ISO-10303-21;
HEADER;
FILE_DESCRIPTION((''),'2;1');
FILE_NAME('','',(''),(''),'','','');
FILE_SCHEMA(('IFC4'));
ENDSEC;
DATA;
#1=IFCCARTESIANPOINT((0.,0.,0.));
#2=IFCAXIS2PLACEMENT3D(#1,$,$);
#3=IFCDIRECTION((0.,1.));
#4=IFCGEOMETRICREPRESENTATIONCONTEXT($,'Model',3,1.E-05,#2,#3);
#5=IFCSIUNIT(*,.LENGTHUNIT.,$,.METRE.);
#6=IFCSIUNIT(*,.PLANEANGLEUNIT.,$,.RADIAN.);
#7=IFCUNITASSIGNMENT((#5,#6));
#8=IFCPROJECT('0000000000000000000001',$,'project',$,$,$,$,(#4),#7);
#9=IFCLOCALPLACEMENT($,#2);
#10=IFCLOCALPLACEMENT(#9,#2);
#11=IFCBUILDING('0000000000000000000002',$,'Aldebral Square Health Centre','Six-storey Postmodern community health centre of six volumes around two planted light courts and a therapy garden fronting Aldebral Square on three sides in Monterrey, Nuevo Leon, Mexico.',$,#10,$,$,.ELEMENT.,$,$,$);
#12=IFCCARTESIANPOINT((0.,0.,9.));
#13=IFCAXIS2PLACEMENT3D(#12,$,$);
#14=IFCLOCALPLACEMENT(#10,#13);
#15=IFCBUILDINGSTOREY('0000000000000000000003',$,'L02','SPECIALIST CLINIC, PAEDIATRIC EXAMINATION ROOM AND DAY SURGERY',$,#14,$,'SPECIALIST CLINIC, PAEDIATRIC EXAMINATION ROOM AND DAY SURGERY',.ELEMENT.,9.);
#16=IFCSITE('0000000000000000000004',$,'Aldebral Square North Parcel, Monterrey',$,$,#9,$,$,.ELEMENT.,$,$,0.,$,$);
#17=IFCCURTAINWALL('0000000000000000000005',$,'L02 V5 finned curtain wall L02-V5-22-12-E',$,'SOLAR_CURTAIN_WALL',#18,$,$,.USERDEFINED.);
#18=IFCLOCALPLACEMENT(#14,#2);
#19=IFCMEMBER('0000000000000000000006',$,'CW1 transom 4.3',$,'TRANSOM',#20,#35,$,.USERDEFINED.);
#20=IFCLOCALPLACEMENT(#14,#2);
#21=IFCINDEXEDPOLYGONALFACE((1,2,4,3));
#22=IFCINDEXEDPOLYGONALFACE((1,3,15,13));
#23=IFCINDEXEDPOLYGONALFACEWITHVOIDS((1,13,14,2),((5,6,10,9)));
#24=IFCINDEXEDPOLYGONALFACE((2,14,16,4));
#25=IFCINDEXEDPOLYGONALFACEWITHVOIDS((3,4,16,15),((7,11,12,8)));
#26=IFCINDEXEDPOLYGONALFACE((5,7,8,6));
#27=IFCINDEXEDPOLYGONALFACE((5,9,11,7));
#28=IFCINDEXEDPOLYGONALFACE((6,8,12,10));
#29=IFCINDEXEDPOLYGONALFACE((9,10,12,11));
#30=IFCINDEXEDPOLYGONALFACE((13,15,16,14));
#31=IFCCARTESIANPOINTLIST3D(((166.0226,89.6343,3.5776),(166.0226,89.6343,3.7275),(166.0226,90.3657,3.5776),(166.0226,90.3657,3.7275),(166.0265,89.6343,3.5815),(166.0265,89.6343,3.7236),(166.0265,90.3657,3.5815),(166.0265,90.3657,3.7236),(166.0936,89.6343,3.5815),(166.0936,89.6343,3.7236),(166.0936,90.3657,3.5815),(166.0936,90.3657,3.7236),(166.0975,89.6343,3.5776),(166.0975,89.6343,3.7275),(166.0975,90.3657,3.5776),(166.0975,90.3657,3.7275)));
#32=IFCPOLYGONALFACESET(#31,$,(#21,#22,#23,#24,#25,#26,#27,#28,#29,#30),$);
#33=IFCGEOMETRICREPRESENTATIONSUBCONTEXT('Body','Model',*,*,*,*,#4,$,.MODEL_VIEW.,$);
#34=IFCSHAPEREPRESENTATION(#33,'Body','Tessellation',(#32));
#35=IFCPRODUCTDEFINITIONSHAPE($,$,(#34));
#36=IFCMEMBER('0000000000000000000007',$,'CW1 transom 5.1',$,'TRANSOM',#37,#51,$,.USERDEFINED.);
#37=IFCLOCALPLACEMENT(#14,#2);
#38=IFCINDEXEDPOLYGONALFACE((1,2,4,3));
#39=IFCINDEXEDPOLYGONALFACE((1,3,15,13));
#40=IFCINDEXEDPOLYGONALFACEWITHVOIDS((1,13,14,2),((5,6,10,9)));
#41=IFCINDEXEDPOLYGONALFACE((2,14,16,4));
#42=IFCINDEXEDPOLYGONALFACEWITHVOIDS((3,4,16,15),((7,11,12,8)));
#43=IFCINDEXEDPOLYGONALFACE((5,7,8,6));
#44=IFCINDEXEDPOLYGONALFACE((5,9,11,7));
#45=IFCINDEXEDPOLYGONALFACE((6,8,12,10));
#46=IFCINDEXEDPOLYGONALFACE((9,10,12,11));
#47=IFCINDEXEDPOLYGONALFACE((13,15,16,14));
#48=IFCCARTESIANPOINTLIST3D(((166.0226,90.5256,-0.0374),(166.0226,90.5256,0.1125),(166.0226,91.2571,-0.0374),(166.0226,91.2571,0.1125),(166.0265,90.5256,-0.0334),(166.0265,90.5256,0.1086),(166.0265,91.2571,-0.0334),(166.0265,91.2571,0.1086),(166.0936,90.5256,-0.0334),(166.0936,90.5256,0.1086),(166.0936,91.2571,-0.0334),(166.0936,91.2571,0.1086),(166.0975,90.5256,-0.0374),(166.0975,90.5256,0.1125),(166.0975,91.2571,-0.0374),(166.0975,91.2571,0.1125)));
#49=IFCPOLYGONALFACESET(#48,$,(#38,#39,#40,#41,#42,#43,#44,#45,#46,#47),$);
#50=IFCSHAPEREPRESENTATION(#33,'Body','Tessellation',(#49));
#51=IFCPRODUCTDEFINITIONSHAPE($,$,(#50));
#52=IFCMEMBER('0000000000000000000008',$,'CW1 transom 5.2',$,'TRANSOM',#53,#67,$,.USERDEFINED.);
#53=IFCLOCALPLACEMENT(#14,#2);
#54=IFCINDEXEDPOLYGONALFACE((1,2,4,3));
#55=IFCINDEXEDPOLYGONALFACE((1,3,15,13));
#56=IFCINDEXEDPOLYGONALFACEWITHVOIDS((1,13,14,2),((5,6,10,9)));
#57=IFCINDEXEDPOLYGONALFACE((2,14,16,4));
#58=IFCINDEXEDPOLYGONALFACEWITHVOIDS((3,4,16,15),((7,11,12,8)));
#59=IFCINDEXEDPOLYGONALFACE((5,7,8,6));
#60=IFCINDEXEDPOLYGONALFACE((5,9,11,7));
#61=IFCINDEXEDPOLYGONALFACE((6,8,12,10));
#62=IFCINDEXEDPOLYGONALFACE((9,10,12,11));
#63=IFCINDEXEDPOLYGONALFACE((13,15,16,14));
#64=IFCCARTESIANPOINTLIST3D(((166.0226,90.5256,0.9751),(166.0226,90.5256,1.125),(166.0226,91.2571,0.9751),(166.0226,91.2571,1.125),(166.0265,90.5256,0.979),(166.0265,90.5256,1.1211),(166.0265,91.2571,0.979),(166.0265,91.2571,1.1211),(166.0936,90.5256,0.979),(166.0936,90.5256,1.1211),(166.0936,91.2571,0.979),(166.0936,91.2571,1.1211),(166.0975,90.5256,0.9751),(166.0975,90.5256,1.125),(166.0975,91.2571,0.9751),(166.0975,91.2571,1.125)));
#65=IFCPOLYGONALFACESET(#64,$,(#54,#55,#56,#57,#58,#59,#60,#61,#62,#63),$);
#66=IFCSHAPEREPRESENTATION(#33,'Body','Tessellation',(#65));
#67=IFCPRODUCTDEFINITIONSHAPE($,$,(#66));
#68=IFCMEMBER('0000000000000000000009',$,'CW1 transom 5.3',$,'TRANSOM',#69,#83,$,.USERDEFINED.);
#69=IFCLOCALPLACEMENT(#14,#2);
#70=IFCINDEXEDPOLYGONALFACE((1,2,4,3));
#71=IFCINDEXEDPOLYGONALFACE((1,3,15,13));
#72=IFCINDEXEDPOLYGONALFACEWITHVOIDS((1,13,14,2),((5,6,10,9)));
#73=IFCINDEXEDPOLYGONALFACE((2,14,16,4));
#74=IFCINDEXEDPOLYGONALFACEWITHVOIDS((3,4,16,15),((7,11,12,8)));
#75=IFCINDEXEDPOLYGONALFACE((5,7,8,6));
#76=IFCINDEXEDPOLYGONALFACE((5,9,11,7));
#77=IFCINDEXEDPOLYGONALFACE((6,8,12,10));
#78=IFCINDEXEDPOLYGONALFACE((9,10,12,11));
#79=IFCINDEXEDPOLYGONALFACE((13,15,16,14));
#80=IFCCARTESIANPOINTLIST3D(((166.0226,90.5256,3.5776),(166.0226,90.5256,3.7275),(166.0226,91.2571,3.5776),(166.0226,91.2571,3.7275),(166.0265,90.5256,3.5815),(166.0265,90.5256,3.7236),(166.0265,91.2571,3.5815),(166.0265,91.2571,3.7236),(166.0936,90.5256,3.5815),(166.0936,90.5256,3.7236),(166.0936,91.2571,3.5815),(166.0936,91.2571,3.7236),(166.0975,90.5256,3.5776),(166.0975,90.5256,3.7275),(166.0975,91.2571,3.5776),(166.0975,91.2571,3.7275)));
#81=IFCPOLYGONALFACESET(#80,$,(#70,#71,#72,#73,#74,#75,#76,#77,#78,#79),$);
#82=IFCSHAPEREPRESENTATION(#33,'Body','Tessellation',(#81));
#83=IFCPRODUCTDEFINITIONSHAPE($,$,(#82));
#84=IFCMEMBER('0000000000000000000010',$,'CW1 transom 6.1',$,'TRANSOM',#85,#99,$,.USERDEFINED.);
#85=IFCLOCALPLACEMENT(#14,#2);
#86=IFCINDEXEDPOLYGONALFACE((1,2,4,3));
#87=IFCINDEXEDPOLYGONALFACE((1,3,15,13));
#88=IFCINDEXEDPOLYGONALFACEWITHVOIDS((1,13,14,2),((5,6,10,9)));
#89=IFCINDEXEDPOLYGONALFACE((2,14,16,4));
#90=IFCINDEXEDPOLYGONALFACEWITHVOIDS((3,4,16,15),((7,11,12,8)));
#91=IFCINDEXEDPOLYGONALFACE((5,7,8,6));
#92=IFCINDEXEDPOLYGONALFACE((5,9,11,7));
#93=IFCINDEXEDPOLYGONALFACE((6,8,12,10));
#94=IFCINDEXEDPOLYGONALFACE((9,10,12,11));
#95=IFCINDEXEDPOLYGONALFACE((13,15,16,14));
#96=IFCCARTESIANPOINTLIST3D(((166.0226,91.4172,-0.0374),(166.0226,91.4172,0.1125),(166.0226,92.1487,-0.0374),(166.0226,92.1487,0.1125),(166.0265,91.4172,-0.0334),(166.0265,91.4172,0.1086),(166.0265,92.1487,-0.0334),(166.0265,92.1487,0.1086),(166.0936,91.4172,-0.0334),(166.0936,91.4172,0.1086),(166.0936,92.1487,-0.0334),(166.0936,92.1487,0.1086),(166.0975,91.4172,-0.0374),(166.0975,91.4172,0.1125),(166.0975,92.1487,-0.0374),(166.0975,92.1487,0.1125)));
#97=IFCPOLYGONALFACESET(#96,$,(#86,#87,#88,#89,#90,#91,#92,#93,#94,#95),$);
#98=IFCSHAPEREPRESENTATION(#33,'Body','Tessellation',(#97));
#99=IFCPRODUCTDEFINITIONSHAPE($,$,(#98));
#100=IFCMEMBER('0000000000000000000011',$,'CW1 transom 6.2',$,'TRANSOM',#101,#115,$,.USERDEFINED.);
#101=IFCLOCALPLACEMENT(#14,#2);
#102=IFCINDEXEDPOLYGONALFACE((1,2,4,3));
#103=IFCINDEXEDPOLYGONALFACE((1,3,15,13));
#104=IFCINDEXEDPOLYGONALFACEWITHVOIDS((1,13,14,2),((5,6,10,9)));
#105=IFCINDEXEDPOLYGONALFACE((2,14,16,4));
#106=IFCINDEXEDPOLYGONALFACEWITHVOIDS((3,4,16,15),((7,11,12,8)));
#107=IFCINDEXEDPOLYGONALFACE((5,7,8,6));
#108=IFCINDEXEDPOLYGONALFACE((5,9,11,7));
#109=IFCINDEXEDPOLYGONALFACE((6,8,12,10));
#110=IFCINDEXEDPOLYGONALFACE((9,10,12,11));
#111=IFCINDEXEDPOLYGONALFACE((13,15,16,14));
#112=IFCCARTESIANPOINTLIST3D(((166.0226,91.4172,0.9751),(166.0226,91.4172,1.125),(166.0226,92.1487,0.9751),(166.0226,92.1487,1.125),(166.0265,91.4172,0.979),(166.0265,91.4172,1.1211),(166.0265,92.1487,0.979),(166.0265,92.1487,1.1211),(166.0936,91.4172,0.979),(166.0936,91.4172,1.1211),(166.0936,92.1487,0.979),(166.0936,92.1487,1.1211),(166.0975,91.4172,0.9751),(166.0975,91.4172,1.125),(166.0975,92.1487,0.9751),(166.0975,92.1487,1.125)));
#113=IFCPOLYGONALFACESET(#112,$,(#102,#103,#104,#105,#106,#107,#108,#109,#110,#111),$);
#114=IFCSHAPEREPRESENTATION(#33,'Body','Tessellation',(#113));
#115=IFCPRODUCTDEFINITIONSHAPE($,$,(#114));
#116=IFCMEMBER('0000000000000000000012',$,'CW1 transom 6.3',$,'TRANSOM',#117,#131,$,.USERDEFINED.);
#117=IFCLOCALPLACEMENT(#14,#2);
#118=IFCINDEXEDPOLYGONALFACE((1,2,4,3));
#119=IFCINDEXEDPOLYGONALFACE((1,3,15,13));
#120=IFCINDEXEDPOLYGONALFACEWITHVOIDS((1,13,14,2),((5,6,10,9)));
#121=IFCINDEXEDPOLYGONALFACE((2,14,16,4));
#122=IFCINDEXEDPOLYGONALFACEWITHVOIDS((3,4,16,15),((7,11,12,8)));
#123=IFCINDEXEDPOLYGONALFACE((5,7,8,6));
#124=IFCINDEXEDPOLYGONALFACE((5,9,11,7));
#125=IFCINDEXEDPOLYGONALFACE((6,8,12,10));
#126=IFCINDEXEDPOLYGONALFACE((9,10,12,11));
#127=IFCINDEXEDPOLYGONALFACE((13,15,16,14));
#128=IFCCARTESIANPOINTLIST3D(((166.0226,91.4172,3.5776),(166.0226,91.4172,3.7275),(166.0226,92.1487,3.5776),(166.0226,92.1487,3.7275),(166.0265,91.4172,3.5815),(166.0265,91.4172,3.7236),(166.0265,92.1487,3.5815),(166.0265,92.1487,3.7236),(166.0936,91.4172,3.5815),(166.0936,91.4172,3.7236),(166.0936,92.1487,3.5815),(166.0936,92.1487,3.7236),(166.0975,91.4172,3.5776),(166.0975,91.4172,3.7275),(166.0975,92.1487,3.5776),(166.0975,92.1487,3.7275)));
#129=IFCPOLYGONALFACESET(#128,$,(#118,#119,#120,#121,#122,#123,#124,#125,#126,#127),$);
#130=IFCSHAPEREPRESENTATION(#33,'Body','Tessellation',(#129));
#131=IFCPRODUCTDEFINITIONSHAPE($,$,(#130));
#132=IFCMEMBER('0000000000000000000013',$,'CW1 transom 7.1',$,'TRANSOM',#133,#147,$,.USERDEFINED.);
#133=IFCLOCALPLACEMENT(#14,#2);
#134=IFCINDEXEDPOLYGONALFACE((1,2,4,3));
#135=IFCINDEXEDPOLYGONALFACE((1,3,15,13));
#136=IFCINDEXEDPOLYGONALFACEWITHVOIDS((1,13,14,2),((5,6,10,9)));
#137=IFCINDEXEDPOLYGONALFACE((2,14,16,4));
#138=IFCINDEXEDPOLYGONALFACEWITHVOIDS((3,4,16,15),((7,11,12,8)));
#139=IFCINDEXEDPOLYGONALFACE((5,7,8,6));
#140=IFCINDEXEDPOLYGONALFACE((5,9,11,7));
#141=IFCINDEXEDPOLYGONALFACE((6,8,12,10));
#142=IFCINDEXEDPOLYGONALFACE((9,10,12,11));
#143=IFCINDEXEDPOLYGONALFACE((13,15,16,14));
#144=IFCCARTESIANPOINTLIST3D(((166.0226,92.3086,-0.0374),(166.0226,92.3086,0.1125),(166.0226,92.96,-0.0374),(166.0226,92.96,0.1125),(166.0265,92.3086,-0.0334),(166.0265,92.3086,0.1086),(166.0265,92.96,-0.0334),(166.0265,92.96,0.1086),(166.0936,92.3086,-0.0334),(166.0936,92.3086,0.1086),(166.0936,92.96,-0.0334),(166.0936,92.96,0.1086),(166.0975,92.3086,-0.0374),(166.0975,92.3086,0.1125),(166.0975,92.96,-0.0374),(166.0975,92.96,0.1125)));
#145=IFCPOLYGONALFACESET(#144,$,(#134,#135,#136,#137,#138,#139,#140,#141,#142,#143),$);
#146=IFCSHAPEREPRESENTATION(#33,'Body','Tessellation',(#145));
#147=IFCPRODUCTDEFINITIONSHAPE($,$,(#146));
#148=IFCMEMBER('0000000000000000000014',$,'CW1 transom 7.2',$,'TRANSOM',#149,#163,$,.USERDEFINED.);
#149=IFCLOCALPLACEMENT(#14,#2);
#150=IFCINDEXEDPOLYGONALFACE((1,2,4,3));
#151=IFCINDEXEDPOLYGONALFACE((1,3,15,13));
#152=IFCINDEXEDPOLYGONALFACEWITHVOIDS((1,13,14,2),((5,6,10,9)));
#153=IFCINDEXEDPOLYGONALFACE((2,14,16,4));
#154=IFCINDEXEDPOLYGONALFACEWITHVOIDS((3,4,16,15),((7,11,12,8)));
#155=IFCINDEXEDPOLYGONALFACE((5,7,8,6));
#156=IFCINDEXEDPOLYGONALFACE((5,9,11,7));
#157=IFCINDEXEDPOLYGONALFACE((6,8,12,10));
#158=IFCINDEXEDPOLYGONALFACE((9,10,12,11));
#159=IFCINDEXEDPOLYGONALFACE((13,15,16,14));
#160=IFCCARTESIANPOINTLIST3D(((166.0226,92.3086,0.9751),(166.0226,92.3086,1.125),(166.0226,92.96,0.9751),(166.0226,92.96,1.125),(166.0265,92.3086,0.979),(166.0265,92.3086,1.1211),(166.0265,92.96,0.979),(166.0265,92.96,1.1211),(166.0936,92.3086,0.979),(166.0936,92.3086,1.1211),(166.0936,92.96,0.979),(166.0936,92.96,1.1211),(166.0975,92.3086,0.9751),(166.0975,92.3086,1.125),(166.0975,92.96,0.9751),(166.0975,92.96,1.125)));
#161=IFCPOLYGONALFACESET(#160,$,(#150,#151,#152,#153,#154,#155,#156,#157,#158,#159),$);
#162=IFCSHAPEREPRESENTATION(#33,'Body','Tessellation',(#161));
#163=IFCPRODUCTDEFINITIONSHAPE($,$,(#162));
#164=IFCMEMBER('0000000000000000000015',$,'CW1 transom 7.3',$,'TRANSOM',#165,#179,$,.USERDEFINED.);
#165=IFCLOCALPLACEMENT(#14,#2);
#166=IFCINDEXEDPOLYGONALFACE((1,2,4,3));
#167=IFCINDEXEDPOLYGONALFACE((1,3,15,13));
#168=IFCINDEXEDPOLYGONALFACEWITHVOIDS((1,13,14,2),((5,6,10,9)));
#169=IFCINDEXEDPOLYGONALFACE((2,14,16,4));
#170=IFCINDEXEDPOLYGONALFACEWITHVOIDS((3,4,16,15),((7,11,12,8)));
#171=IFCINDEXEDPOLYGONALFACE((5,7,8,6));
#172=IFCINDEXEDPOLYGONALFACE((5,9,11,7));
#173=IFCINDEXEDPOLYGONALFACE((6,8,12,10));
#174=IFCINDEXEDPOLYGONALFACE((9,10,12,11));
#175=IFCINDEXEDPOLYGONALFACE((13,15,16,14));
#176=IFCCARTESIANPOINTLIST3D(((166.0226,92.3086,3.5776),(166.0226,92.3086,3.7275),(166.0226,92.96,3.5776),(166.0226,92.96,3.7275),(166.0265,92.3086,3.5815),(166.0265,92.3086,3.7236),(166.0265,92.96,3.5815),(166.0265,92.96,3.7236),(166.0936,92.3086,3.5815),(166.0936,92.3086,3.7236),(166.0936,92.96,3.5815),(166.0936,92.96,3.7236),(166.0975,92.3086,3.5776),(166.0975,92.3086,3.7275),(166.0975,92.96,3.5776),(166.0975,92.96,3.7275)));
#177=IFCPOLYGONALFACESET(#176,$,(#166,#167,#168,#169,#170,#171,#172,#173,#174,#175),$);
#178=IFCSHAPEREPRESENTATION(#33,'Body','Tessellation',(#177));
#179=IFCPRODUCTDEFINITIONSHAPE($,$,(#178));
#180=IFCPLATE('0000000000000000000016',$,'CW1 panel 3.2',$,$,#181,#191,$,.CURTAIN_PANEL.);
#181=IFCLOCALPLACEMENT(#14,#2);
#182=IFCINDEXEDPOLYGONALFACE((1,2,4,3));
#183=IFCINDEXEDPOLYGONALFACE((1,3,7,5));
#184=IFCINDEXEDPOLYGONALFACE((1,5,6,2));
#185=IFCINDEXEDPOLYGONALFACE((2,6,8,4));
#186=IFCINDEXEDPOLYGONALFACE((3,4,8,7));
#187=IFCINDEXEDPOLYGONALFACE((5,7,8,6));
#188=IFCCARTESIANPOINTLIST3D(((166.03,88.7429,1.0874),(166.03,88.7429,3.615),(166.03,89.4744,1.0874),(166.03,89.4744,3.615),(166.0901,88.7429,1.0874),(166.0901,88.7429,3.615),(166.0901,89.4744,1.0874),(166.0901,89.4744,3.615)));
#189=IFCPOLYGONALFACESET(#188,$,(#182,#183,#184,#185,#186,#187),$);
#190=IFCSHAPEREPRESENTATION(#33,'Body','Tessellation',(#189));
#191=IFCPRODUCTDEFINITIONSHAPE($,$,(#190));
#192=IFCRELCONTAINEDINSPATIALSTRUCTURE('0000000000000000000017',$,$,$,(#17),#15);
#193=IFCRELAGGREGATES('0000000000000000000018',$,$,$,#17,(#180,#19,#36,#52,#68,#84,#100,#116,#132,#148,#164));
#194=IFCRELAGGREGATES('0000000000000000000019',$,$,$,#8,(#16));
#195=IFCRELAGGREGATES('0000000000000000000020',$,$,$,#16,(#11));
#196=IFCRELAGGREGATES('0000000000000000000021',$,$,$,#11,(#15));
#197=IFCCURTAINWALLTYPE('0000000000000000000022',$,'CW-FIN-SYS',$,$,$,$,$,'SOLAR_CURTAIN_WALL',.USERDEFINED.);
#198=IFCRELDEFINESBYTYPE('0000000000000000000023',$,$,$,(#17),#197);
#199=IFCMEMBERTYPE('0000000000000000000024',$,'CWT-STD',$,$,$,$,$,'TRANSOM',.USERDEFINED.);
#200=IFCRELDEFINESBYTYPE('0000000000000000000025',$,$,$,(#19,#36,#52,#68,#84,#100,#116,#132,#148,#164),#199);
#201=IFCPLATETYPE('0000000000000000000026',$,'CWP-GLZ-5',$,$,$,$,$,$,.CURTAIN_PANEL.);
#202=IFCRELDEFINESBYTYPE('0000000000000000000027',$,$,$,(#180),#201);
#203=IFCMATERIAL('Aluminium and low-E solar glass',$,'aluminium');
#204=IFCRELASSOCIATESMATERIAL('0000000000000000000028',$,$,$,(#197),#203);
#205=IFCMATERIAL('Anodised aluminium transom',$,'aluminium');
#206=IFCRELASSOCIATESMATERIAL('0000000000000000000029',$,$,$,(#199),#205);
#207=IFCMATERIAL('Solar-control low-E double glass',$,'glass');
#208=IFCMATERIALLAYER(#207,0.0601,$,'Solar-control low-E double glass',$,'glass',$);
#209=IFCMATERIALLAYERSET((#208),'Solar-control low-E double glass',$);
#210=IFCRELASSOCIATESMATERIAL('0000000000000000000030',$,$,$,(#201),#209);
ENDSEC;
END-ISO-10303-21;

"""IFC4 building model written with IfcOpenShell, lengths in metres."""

from ifc_helpers import new_model, si_unit, direction, frame, origin, origin_2d, place, context, subcontext, project, spatial, rectangle, hollow_rectangle, extrude, material, layer, layer_set, material_profile, profile_set, type_object, element, aggregate, save


model = new_model("IFC4")

# Units and contexts
model_context = context("Model", 3, precision=1e-05, world=origin(), true_north=direction((0.0, 1.0)))
body_context = subcontext(model_context, "Body", "Model", "MODEL_VIEW")
ifc_project = project(units=[si_unit("LENGTHUNIT", "METRE"), si_unit("PLANEANGLEUNIT", "RADIAN")], contexts=[model_context])

# Site, building, storey
site_placement = place(None, origin())
site = spatial("IfcSite", under=ifc_project, at=site_placement, Name="Aldebral Square North Parcel, Monterrey", CompositionType="ELEMENT", RefElevation=0.0)
building_placement = place(site_placement, origin())
building = spatial("IfcBuilding", under=site, at=building_placement, Name="Aldebral Square Health Centre", Description="Six-storey Postmodern community health centre of six volumes around two planted light courts and a therapy garden fronting Aldebral Square on three sides in Monterrey, Nuevo Leon, Mexico.", CompositionType="ELEMENT")
storey_placement = place(building_placement, frame((0.0, 0.0, 9.0)))
storey = spatial("IfcBuildingStorey", under=building, at=storey_placement, Name="L02", Description="SPECIALIST CLINIC, PAEDIATRIC EXAMINATION ROOM AND DAY SURGERY", LongName="SPECIALIST CLINIC, PAEDIATRIC EXAMINATION ROOM AND DAY SURGERY", CompositionType="ELEMENT", Elevation=9.0)

# Curtain wall, members, plate
ifc_material_1 = material(Name="Aluminium and low-E solar glass", Category="aluminium")
curtain_wall_type = type_object("IfcCurtainWallType", Name="CW-FIN-SYS", ElementType="SOLAR_CURTAIN_WALL", PredefinedType="USERDEFINED", material=ifc_material_1)
curtain_wall_placement = place(storey_placement, origin())
curtain_wall = element("IfcCurtainWall", 1, at=curtain_wall_placement, inside=storey, type_object=curtain_wall_type, Name="L02 V5 finned curtain wall L02-V5-22-12-E", ObjectType="SOLAR_CURTAIN_WALL", PredefinedType="USERDEFINED")
ifc_material_2 = material(Name="Anodised aluminium transom", Category="aluminium")
ifc_material_profile_1 = material_profile(ifc_material_2, hollow_rectangle(XDim=0.075, YDim=0.1499, WallThickness=0.0039, at=origin_2d()), Name="CWT 75x150x4")
ifc_profile_set_1 = profile_set([ifc_material_profile_1], Name="Anodised aluminium transom")
member_type_1 = type_object("IfcMemberType", Name="CWT-STD", ElementType="TRANSOM", PredefinedType="USERDEFINED", material=ifc_profile_set_1)
member_1_placement = place(storey_placement, frame((166.0601, 89.6343, 3.6526), z_axis=(0.0, 1.0, 0.0), x_axis=(-1.0, 0.0, 0.0)))
member_1 = element("IfcMember", 2, at=member_1_placement, type_object=member_type_1, Name="CW1 transom 4.3", ObjectType="TRANSOM", PredefinedType="USERDEFINED", context=body_context, shape_type="SweptSolid", body=[
    extrude(hollow_rectangle(XDim=0.075, YDim=0.1499, WallThickness=0.0039, at=origin_2d()), origin(), (0.0, 0.0, 1.0), 0.7314),
])
member_2_placement = place(storey_placement, frame((166.0601, 90.5256, 0.0376), z_axis=(0.0, 1.0, 0.0), x_axis=(-1.0, 0.0, 0.0)))
member_2 = element("IfcMember", 3, at=member_2_placement, type_object=member_type_1, Name="CW1 transom 5.1", ObjectType="TRANSOM", PredefinedType="USERDEFINED", context=body_context, shape_type="SweptSolid", body=[
    extrude(hollow_rectangle(XDim=0.075, YDim=0.1499, WallThickness=0.0039, at=origin_2d()), origin(), (0.0, 0.0, 1.0), 0.7314),
])
member_3_placement = place(storey_placement, frame((166.0601, 90.5256, 1.05), z_axis=(0.0, 1.0, 0.0), x_axis=(-1.0, 0.0, 0.0)))
member_3 = element("IfcMember", 4, at=member_3_placement, type_object=member_type_1, Name="CW1 transom 5.2", ObjectType="TRANSOM", PredefinedType="USERDEFINED", context=body_context, shape_type="SweptSolid", body=[
    extrude(hollow_rectangle(XDim=0.075, YDim=0.1499, WallThickness=0.0039, at=origin_2d()), origin(), (0.0, 0.0, 1.0), 0.7314),
])
member_4_placement = place(storey_placement, frame((166.0601, 90.5256, 3.6526), z_axis=(0.0, 1.0, 0.0), x_axis=(-1.0, 0.0, 0.0)))
member_4 = element("IfcMember", 5, at=member_4_placement, type_object=member_type_1, Name="CW1 transom 5.3", ObjectType="TRANSOM", PredefinedType="USERDEFINED", context=body_context, shape_type="SweptSolid", body=[
    extrude(hollow_rectangle(XDim=0.075, YDim=0.1499, WallThickness=0.0039, at=origin_2d()), origin(), (0.0, 0.0, 1.0), 0.7314),
])
member_5_placement = place(storey_placement, frame((166.0601, 91.4172, 0.0376), z_axis=(0.0, 1.0, 0.0), x_axis=(-1.0, 0.0, 0.0)))
member_5 = element("IfcMember", 6, at=member_5_placement, type_object=member_type_1, Name="CW1 transom 6.1", ObjectType="TRANSOM", PredefinedType="USERDEFINED", context=body_context, shape_type="SweptSolid", body=[
    extrude(hollow_rectangle(XDim=0.075, YDim=0.1499, WallThickness=0.0039, at=origin_2d()), origin(), (0.0, 0.0, 1.0), 0.7314),
])
member_6_placement = place(storey_placement, frame((166.0601, 91.4172, 1.05), z_axis=(0.0, 1.0, 0.0), x_axis=(-1.0, 0.0, 0.0)))
member_6 = element("IfcMember", 7, at=member_6_placement, type_object=member_type_1, Name="CW1 transom 6.2", ObjectType="TRANSOM", PredefinedType="USERDEFINED", context=body_context, shape_type="SweptSolid", body=[
    extrude(hollow_rectangle(XDim=0.075, YDim=0.1499, WallThickness=0.0039, at=origin_2d()), origin(), (0.0, 0.0, 1.0), 0.7314),
])
member_7_placement = place(storey_placement, frame((166.0601, 91.4172, 3.6526), z_axis=(0.0, 1.0, 0.0), x_axis=(-1.0, 0.0, 0.0)))
member_7 = element("IfcMember", 8, at=member_7_placement, type_object=member_type_1, Name="CW1 transom 6.3", ObjectType="TRANSOM", PredefinedType="USERDEFINED", context=body_context, shape_type="SweptSolid", body=[
    extrude(hollow_rectangle(XDim=0.075, YDim=0.1499, WallThickness=0.0039, at=origin_2d()), origin(), (0.0, 0.0, 1.0), 0.7314),
])
member_8_placement = place(storey_placement, frame((166.0601, 92.3086, 0.0376), z_axis=(0.0, 1.0, 0.0), x_axis=(-1.0, 0.0, 0.0)))
member_8 = element("IfcMember", 9, at=member_8_placement, type_object=member_type_1, Name="CW1 transom 7.1", ObjectType="TRANSOM", PredefinedType="USERDEFINED", context=body_context, shape_type="SweptSolid", body=[
    extrude(hollow_rectangle(XDim=0.075, YDim=0.1499, WallThickness=0.0039, at=origin_2d()), origin(), (0.0, 0.0, 1.0), 0.6514),
])
member_9_placement = place(storey_placement, frame((166.0601, 92.3086, 1.05), z_axis=(0.0, 1.0, 0.0), x_axis=(-1.0, 0.0, 0.0)))
member_9 = element("IfcMember", 10, at=member_9_placement, type_object=member_type_1, Name="CW1 transom 7.2", ObjectType="TRANSOM", PredefinedType="USERDEFINED", context=body_context, shape_type="SweptSolid", body=[
    extrude(hollow_rectangle(XDim=0.075, YDim=0.1499, WallThickness=0.0039, at=origin_2d()), origin(), (0.0, 0.0, 1.0), 0.6514),
])
member_10_placement = place(storey_placement, frame((166.0601, 92.3086, 3.6526), z_axis=(0.0, 1.0, 0.0), x_axis=(-1.0, 0.0, 0.0)))
member_10 = element("IfcMember", 11, at=member_10_placement, type_object=member_type_1, Name="CW1 transom 7.3", ObjectType="TRANSOM", PredefinedType="USERDEFINED", context=body_context, shape_type="SweptSolid", body=[
    extrude(hollow_rectangle(XDim=0.075, YDim=0.1499, WallThickness=0.0039, at=origin_2d()), origin(), (0.0, 0.0, 1.0), 0.6514),
])
ifc_material_3 = material(Name="Solar-control low-E double glass", Category="glass")
ifc_layer_1 = layer(ifc_material_3, 0.0601, Name="Solar-control low-E double glass", Category="glass")
ifc_layer_set_1 = layer_set([ifc_layer_1], Name="Solar-control low-E double glass")
plate_type = type_object("IfcPlateType", Name="CWP-GLZ-5", PredefinedType="CURTAIN_PANEL", material=ifc_layer_set_1)
plate_1_placement = place(storey_placement, frame((166.0601, 89.1086, 1.0874), z_axis=(0.0, 0.0, 1.0), x_axis=(0.0, 1.0, 0.0)))
plate_1 = element("IfcPlate", 12, at=plate_1_placement, type_object=plate_type, Name="CW1 panel 3.2", PredefinedType="CURTAIN_PANEL", context=body_context, shape_type="SweptSolid", body=[
    extrude(rectangle(XDim=0.7314, YDim=0.0601, at=origin_2d()), origin(), (0.0, 0.0, 1.0), 2.5276),
])
aggregate(curtain_wall, [plate_1, member_1, member_2, member_3, member_4, member_5, member_6, member_7, member_8, member_9, member_10])

save(model, "model.ifc")
